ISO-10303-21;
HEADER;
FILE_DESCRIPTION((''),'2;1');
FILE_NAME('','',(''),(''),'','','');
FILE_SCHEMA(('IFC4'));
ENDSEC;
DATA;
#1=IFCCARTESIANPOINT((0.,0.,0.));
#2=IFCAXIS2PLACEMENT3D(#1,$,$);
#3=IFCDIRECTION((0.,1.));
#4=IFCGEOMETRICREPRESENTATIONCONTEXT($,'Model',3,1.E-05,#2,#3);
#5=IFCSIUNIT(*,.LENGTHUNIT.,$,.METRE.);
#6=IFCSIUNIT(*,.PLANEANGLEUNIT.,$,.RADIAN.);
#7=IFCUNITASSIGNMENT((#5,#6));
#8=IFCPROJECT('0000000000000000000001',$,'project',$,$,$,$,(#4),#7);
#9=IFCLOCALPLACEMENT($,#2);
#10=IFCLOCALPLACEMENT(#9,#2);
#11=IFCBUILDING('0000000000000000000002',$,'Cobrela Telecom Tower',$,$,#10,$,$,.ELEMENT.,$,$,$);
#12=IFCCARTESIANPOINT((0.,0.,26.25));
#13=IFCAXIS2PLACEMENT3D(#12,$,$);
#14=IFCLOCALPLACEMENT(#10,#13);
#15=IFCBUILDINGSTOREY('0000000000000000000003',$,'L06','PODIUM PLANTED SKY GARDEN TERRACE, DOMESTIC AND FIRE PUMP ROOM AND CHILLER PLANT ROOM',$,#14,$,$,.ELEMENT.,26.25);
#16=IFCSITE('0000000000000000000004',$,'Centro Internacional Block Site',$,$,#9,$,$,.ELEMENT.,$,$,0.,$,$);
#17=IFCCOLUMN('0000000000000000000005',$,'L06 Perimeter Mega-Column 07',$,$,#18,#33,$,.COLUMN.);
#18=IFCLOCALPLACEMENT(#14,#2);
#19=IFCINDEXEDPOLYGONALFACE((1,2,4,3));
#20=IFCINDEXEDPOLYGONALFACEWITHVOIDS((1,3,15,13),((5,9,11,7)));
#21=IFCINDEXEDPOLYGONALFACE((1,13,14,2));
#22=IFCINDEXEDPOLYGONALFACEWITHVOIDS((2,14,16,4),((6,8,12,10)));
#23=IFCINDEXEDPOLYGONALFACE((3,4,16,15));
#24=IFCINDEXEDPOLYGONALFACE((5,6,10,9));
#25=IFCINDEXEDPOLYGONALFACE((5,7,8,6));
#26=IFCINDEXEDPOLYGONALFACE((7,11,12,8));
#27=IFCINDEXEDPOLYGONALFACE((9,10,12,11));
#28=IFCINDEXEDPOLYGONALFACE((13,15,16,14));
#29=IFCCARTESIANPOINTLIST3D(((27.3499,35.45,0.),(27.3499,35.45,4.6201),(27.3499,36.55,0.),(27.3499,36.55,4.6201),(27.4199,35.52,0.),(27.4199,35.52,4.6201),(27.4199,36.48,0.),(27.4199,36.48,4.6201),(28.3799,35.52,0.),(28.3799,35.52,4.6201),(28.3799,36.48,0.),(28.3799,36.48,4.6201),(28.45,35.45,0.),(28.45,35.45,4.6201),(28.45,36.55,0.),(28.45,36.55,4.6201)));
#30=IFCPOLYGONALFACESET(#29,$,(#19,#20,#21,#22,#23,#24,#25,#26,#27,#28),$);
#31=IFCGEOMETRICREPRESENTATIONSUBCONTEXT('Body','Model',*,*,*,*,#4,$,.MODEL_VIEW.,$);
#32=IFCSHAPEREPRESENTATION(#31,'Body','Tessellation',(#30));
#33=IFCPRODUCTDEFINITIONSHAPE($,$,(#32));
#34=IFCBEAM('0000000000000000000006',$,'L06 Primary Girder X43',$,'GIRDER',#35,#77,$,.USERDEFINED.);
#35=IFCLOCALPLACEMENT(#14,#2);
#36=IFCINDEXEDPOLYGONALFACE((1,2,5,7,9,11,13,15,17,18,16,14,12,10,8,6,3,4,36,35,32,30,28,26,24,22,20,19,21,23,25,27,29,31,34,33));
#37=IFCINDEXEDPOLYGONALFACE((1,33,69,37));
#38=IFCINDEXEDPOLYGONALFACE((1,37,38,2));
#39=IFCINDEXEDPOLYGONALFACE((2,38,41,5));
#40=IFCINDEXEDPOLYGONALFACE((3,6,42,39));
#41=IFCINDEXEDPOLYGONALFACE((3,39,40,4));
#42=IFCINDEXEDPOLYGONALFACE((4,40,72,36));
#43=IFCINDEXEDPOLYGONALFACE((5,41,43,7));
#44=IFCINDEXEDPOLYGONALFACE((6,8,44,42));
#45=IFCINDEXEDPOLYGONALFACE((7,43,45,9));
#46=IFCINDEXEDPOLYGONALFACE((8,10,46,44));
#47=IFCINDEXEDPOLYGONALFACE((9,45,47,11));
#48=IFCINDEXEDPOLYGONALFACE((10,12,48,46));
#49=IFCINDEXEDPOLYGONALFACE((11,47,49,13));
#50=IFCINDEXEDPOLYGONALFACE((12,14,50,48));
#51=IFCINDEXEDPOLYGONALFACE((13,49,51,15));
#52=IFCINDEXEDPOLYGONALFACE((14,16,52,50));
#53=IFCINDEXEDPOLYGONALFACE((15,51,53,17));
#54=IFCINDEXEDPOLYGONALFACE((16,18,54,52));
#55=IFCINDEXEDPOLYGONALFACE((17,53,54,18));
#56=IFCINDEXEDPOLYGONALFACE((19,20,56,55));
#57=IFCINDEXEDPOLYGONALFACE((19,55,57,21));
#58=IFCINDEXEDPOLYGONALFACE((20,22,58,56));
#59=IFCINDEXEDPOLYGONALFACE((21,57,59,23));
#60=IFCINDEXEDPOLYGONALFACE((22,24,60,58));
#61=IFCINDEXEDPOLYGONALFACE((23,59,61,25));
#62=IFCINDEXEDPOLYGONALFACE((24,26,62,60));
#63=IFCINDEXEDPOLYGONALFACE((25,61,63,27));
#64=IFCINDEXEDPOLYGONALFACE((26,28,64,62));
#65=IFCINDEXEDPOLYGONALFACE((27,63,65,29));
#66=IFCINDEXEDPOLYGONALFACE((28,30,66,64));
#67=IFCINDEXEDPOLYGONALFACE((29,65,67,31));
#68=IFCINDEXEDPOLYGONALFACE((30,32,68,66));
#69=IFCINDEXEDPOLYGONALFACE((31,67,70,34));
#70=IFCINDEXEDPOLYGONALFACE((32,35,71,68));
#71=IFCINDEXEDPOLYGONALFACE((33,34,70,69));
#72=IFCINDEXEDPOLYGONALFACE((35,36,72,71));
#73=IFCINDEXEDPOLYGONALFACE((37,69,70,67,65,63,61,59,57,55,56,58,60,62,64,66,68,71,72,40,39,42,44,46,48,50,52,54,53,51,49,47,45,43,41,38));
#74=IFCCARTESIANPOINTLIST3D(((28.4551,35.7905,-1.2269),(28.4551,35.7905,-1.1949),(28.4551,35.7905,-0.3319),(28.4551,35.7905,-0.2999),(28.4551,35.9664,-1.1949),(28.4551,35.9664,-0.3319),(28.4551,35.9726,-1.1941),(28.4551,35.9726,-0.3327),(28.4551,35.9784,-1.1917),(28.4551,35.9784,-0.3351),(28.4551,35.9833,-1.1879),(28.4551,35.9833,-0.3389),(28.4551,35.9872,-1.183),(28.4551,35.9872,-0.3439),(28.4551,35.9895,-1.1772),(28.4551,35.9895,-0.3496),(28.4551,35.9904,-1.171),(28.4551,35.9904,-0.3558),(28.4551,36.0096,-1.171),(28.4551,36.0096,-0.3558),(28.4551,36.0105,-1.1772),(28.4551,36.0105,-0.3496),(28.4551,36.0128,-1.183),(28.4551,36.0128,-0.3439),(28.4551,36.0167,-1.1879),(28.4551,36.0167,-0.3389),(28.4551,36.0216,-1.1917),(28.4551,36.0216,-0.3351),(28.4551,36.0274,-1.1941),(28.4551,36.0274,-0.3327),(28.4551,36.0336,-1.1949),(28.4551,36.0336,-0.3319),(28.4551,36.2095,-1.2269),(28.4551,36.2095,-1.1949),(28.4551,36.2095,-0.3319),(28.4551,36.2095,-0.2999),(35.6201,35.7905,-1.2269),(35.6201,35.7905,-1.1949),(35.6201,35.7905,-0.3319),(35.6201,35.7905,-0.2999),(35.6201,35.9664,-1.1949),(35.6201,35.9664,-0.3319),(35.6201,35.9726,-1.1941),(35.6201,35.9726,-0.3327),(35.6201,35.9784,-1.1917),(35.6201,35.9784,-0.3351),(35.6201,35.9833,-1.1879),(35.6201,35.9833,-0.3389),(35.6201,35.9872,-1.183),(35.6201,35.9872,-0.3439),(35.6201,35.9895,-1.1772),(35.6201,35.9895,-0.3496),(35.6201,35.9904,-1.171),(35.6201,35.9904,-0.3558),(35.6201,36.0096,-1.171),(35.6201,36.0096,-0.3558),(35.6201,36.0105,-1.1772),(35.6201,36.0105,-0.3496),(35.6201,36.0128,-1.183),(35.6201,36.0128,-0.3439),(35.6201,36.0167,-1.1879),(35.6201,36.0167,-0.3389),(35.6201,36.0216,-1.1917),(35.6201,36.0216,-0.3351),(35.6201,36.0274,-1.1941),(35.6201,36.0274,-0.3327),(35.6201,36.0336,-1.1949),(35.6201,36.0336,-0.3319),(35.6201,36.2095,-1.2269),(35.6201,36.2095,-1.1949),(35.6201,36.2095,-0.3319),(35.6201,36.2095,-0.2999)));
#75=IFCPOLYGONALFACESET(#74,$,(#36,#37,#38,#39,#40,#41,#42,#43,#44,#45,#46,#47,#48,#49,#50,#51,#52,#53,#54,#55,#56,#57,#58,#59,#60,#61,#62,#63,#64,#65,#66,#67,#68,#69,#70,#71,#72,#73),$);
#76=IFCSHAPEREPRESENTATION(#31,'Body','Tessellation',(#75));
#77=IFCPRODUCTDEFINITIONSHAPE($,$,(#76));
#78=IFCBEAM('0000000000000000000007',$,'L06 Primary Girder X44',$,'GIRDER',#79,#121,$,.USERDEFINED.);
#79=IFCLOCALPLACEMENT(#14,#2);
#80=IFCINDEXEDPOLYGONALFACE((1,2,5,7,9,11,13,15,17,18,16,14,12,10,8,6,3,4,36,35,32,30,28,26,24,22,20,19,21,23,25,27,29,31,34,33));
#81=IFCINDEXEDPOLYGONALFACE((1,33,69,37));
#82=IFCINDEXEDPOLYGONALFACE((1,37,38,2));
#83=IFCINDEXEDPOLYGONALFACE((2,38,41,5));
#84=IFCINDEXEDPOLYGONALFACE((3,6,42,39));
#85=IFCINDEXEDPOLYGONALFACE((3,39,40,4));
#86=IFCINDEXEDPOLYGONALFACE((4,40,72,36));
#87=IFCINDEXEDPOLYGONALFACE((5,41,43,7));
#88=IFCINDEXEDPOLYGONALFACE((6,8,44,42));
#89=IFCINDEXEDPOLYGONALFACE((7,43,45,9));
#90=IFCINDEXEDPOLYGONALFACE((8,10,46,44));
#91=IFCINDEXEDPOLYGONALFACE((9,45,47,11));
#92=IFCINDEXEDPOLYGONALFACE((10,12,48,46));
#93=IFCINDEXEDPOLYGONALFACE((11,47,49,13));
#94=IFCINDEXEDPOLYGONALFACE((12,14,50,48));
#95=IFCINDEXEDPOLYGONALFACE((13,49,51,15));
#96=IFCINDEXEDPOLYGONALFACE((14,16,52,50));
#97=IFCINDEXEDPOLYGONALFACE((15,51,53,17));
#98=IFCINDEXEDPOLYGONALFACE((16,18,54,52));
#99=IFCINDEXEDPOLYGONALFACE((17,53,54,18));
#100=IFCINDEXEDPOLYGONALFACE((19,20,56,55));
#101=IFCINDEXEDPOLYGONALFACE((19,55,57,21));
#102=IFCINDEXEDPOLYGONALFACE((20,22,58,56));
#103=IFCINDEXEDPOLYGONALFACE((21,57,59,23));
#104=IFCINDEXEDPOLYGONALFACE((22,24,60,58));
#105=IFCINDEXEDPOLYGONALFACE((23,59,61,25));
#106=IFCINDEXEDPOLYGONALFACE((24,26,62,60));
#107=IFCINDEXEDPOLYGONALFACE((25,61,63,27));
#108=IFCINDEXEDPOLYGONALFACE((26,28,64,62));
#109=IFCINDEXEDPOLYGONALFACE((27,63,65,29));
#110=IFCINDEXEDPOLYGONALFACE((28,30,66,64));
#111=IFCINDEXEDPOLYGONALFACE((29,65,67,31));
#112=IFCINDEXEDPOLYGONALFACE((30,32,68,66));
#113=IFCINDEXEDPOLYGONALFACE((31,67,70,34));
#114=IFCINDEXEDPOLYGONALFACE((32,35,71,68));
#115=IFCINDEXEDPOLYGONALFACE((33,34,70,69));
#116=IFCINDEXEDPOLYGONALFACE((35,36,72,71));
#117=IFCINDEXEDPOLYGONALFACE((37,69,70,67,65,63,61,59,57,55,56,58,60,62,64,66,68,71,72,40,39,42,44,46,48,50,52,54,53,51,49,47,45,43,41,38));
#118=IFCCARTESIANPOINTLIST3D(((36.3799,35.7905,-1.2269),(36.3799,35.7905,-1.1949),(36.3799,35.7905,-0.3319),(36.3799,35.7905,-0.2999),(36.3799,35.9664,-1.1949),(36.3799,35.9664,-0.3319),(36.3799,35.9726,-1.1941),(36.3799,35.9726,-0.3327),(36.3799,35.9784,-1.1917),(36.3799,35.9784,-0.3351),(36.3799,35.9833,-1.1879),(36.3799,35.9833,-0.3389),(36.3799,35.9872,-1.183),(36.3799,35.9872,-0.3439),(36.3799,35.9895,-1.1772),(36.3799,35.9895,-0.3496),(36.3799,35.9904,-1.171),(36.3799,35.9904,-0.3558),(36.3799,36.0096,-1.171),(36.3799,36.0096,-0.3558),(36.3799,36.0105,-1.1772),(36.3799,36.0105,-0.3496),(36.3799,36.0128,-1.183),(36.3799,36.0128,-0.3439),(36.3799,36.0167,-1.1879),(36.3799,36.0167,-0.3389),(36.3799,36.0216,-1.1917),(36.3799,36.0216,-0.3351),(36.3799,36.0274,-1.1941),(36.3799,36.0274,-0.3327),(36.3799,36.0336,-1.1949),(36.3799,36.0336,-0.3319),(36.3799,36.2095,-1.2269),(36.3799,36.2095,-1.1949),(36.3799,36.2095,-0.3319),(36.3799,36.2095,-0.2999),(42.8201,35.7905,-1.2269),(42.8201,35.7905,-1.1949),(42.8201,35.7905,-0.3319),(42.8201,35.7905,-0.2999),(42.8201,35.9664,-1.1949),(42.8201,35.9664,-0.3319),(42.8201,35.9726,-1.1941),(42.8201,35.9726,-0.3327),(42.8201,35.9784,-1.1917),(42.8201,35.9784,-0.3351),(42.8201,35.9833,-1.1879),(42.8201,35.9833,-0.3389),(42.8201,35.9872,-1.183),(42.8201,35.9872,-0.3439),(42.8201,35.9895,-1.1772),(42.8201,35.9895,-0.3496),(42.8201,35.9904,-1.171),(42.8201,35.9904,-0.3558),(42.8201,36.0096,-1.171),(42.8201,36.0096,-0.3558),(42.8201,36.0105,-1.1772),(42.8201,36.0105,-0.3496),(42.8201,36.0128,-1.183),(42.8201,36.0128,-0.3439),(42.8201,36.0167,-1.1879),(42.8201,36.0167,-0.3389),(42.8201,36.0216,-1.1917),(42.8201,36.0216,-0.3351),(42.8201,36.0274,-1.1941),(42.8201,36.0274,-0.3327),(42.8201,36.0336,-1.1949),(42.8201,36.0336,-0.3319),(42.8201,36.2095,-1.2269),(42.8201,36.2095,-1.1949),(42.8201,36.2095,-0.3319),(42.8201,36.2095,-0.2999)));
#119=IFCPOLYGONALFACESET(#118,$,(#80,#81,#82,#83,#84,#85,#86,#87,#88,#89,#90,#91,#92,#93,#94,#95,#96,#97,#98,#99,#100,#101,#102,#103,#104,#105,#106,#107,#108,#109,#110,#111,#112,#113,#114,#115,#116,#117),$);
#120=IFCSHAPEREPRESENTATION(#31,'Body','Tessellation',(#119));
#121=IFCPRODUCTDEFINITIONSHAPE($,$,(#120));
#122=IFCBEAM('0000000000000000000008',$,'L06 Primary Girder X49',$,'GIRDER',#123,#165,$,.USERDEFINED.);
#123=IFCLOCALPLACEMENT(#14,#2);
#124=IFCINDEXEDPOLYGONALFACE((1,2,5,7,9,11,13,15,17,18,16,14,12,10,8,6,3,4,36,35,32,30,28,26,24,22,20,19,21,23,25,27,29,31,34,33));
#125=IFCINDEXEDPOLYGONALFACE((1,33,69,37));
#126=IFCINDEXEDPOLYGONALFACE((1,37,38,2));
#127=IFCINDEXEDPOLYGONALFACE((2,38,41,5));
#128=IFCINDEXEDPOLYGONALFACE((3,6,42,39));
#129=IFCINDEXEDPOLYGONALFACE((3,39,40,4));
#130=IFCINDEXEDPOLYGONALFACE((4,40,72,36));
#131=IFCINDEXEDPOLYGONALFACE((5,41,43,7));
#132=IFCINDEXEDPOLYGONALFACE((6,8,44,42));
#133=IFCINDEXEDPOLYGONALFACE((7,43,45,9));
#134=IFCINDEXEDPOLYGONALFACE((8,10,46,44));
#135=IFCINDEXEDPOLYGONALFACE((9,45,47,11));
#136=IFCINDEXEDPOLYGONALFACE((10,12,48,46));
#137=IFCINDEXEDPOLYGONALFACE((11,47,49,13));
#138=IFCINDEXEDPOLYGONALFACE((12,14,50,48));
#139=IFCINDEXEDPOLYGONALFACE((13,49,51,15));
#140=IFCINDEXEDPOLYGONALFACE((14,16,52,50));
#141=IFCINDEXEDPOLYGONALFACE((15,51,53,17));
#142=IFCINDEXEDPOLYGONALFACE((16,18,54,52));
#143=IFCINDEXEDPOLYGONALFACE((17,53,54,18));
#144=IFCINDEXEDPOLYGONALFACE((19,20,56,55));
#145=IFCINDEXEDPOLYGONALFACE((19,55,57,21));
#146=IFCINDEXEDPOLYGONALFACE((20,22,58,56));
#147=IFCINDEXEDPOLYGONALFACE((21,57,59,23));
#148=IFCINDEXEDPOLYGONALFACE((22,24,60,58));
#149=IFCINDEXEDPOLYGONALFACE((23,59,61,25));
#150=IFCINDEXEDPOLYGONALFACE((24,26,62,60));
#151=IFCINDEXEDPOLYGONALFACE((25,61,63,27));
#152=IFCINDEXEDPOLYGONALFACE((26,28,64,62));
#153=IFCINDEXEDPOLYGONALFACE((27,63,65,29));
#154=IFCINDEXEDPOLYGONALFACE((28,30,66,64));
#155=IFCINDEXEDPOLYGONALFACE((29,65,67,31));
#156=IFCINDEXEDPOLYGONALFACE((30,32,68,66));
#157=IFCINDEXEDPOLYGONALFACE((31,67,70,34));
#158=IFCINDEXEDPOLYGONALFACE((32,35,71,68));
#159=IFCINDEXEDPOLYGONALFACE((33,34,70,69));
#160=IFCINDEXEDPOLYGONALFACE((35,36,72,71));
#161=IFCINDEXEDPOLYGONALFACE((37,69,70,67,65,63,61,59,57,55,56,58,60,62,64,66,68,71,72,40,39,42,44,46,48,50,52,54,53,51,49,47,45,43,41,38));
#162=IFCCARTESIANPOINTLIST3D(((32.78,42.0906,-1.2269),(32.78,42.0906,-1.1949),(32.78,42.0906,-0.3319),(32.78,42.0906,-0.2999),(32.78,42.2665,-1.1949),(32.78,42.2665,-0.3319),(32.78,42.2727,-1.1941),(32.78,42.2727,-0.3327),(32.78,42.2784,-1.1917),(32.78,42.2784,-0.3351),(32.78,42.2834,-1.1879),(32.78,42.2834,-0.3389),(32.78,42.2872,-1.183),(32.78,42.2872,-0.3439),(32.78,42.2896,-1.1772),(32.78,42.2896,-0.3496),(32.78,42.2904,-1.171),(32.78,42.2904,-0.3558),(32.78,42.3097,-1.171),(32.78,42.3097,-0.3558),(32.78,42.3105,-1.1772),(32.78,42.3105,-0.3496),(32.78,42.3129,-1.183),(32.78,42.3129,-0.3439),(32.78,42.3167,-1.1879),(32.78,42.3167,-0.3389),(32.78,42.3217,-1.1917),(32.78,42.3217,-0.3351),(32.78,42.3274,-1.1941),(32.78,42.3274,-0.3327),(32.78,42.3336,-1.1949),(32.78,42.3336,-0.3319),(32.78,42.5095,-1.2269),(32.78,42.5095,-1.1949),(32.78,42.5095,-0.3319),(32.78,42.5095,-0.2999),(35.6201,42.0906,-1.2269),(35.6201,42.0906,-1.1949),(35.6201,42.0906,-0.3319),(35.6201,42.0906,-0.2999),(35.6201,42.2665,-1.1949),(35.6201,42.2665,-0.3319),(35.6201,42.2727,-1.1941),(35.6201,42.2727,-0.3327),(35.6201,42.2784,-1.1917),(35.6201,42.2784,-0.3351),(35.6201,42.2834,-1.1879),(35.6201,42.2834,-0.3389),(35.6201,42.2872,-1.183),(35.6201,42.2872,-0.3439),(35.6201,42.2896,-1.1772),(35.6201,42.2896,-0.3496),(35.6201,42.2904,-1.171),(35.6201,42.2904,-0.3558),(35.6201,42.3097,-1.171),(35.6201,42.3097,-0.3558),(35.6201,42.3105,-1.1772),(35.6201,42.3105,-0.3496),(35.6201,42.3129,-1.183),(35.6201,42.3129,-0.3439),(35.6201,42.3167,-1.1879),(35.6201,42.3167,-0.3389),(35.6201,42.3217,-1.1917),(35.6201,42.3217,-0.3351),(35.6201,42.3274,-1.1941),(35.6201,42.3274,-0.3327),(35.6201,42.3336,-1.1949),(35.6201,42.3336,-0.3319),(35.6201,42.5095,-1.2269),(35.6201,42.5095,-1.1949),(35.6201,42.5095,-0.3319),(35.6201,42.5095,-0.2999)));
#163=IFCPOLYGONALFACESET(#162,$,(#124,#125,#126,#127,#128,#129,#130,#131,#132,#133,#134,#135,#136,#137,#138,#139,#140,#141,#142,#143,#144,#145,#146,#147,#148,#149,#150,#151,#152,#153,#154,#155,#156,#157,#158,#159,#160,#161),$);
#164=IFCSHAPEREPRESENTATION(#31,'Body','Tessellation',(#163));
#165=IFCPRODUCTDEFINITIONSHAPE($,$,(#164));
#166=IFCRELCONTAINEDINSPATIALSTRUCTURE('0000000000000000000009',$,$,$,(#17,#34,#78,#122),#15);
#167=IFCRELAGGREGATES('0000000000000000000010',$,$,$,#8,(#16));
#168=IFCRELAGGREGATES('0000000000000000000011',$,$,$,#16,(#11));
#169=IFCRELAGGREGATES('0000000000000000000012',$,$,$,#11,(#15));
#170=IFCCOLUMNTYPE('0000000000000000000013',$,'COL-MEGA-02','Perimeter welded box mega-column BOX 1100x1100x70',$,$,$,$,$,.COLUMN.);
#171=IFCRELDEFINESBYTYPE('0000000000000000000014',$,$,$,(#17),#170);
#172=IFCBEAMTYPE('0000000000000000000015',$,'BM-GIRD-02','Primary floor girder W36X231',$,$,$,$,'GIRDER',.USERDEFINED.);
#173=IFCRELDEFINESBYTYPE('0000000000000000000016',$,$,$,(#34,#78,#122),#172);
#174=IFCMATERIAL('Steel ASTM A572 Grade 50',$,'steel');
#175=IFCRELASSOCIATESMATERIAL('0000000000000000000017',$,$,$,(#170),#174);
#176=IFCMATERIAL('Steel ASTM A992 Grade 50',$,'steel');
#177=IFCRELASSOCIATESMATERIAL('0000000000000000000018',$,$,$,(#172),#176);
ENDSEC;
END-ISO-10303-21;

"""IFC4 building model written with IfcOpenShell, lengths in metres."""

from ifc_helpers import new_model, si_unit, direction, frame, origin, origin_2d, place, context, subcontext, project, spatial, hollow_rectangle, i_section, extrude, material, material_profile, profile_set, type_object, element, save


model = new_model("IFC4")

# Units and contexts
model_context = context("Model", 3, precision=1e-05, world=origin(), true_north=direction((0.0, 1.0)))
body_context = subcontext(model_context, "Body", "Model", "MODEL_VIEW")
ifc_project = project(units=[si_unit("LENGTHUNIT", "METRE"), si_unit("PLANEANGLEUNIT", "RADIAN")], contexts=[model_context])

# Site, building, storey
site_placement = place(None, origin())
site = spatial("IfcSite", under=ifc_project, at=site_placement, Name="Centro Internacional Block Site", CompositionType="ELEMENT", RefElevation=0.0)
building_placement = place(site_placement, origin())
building = spatial("IfcBuilding", under=site, at=building_placement, Name="Cobrela Telecom Tower", CompositionType="ELEMENT")
storey_placement = place(building_placement, frame((0.0, 0.0, 26.25)))
storey = spatial("IfcBuildingStorey", under=building, at=storey_placement, Name="L06", Description="PODIUM PLANTED SKY GARDEN TERRACE, DOMESTIC AND FIRE PUMP ROOM AND CHILLER PLANT ROOM", CompositionType="ELEMENT", Elevation=26.25)

# Column
ifc_material_1 = material(Name="Steel ASTM A572 Grade 50", Category="steel")
ifc_material_profile_1 = material_profile(ifc_material_1, hollow_rectangle(XDim=1.1001, YDim=1.1001, WallThickness=0.0701, at=origin_2d()), Name="BOX 1100x1100x70")
ifc_profile_set_1 = profile_set([ifc_material_profile_1], Name="Steel ASTM A572 Grade 50")
column_type = type_object("IfcColumnType", Name="COL-MEGA-02", Description="Perimeter welded box mega-column BOX 1100x1100x70", PredefinedType="COLUMN", material=ifc_profile_set_1)
column_placement = place(storey_placement, frame((27.8999, 36.0, 0.0), z_axis=(0.0, 0.0, 1.0), x_axis=(1.0, 0.0, 0.0)))
element("IfcColumn", 1, at=column_placement, inside=storey, type_object=column_type, Name="L06 Perimeter Mega-Column 07", PredefinedType="COLUMN", context=body_context, shape_type="SweptSolid", body=[
    extrude(hollow_rectangle(XDim=1.1001, YDim=1.1001, WallThickness=0.0701, at=origin_2d()), origin(), (0.0, 0.0, 1.0), 4.6201),
])

# Beams
ifc_material_2 = material(Name="Steel ASTM A992 Grade 50", Category="steel")
ifc_material_profile_2 = material_profile(ifc_material_2, i_section(OverallWidth=0.4189, OverallDepth=0.927, WebThickness=0.0193, FlangeThickness=0.032, FilletRadius=0.0239, at=origin_2d()), Name="W36X231")
ifc_profile_set_2 = profile_set([ifc_material_profile_2], Name="Steel ASTM A992 Grade 50")
beam_type_1 = type_object("IfcBeamType", Name="BM-GIRD-02", Description="Primary floor girder W36X231", ElementType="GIRDER", PredefinedType="USERDEFINED", material=ifc_profile_set_2)
beam_1_placement = place(storey_placement, frame((28.4551, 36.0, -0.7634), z_axis=(1.0, 0.0, 0.0), x_axis=(0.0, 1.0, 0.0)))
element("IfcBeam", 2, at=beam_1_placement, inside=storey, type_object=beam_type_1, Name="L06 Primary Girder X43", ObjectType="GIRDER", PredefinedType="USERDEFINED", context=body_context, shape_type="SweptSolid", body=[
    extrude(i_section(OverallWidth=0.4189, OverallDepth=0.927, WebThickness=0.0193, FlangeThickness=0.032, FilletRadius=0.0239, at=origin_2d()), origin(), (0.0, 0.0, 1.0), 7.165),
])
beam_2_placement = place(storey_placement, frame((36.3799, 36.0, -0.7634), z_axis=(1.0, 0.0, 0.0), x_axis=(0.0, 1.0, 0.0)))
element("IfcBeam", 3, at=beam_2_placement, inside=storey, type_object=beam_type_1, Name="L06 Primary Girder X44", ObjectType="GIRDER", PredefinedType="USERDEFINED", context=body_context, shape_type="SweptSolid", body=[
    extrude(i_section(OverallWidth=0.4189, OverallDepth=0.927, WebThickness=0.0193, FlangeThickness=0.032, FilletRadius=0.0239, at=origin_2d()), origin(), (0.0, 0.0, 1.0), 6.4402),
])
beam_3_placement = place(storey_placement, frame((32.78, 42.3, -0.7634), z_axis=(1.0, 0.0, 0.0), x_axis=(0.0, 1.0, 0.0)))
element("IfcBeam", 4, at=beam_3_placement, inside=storey, type_object=beam_type_1, Name="L06 Primary Girder X49", ObjectType="GIRDER", PredefinedType="USERDEFINED", context=body_context, shape_type="SweptSolid", body=[
    extrude(i_section(OverallWidth=0.4189, OverallDepth=0.927, WebThickness=0.0193, FlangeThickness=0.032, FilletRadius=0.0239, at=origin_2d()), origin(), (0.0, 0.0, 1.0), 2.8401),
])

save(model, "model.ifc")
